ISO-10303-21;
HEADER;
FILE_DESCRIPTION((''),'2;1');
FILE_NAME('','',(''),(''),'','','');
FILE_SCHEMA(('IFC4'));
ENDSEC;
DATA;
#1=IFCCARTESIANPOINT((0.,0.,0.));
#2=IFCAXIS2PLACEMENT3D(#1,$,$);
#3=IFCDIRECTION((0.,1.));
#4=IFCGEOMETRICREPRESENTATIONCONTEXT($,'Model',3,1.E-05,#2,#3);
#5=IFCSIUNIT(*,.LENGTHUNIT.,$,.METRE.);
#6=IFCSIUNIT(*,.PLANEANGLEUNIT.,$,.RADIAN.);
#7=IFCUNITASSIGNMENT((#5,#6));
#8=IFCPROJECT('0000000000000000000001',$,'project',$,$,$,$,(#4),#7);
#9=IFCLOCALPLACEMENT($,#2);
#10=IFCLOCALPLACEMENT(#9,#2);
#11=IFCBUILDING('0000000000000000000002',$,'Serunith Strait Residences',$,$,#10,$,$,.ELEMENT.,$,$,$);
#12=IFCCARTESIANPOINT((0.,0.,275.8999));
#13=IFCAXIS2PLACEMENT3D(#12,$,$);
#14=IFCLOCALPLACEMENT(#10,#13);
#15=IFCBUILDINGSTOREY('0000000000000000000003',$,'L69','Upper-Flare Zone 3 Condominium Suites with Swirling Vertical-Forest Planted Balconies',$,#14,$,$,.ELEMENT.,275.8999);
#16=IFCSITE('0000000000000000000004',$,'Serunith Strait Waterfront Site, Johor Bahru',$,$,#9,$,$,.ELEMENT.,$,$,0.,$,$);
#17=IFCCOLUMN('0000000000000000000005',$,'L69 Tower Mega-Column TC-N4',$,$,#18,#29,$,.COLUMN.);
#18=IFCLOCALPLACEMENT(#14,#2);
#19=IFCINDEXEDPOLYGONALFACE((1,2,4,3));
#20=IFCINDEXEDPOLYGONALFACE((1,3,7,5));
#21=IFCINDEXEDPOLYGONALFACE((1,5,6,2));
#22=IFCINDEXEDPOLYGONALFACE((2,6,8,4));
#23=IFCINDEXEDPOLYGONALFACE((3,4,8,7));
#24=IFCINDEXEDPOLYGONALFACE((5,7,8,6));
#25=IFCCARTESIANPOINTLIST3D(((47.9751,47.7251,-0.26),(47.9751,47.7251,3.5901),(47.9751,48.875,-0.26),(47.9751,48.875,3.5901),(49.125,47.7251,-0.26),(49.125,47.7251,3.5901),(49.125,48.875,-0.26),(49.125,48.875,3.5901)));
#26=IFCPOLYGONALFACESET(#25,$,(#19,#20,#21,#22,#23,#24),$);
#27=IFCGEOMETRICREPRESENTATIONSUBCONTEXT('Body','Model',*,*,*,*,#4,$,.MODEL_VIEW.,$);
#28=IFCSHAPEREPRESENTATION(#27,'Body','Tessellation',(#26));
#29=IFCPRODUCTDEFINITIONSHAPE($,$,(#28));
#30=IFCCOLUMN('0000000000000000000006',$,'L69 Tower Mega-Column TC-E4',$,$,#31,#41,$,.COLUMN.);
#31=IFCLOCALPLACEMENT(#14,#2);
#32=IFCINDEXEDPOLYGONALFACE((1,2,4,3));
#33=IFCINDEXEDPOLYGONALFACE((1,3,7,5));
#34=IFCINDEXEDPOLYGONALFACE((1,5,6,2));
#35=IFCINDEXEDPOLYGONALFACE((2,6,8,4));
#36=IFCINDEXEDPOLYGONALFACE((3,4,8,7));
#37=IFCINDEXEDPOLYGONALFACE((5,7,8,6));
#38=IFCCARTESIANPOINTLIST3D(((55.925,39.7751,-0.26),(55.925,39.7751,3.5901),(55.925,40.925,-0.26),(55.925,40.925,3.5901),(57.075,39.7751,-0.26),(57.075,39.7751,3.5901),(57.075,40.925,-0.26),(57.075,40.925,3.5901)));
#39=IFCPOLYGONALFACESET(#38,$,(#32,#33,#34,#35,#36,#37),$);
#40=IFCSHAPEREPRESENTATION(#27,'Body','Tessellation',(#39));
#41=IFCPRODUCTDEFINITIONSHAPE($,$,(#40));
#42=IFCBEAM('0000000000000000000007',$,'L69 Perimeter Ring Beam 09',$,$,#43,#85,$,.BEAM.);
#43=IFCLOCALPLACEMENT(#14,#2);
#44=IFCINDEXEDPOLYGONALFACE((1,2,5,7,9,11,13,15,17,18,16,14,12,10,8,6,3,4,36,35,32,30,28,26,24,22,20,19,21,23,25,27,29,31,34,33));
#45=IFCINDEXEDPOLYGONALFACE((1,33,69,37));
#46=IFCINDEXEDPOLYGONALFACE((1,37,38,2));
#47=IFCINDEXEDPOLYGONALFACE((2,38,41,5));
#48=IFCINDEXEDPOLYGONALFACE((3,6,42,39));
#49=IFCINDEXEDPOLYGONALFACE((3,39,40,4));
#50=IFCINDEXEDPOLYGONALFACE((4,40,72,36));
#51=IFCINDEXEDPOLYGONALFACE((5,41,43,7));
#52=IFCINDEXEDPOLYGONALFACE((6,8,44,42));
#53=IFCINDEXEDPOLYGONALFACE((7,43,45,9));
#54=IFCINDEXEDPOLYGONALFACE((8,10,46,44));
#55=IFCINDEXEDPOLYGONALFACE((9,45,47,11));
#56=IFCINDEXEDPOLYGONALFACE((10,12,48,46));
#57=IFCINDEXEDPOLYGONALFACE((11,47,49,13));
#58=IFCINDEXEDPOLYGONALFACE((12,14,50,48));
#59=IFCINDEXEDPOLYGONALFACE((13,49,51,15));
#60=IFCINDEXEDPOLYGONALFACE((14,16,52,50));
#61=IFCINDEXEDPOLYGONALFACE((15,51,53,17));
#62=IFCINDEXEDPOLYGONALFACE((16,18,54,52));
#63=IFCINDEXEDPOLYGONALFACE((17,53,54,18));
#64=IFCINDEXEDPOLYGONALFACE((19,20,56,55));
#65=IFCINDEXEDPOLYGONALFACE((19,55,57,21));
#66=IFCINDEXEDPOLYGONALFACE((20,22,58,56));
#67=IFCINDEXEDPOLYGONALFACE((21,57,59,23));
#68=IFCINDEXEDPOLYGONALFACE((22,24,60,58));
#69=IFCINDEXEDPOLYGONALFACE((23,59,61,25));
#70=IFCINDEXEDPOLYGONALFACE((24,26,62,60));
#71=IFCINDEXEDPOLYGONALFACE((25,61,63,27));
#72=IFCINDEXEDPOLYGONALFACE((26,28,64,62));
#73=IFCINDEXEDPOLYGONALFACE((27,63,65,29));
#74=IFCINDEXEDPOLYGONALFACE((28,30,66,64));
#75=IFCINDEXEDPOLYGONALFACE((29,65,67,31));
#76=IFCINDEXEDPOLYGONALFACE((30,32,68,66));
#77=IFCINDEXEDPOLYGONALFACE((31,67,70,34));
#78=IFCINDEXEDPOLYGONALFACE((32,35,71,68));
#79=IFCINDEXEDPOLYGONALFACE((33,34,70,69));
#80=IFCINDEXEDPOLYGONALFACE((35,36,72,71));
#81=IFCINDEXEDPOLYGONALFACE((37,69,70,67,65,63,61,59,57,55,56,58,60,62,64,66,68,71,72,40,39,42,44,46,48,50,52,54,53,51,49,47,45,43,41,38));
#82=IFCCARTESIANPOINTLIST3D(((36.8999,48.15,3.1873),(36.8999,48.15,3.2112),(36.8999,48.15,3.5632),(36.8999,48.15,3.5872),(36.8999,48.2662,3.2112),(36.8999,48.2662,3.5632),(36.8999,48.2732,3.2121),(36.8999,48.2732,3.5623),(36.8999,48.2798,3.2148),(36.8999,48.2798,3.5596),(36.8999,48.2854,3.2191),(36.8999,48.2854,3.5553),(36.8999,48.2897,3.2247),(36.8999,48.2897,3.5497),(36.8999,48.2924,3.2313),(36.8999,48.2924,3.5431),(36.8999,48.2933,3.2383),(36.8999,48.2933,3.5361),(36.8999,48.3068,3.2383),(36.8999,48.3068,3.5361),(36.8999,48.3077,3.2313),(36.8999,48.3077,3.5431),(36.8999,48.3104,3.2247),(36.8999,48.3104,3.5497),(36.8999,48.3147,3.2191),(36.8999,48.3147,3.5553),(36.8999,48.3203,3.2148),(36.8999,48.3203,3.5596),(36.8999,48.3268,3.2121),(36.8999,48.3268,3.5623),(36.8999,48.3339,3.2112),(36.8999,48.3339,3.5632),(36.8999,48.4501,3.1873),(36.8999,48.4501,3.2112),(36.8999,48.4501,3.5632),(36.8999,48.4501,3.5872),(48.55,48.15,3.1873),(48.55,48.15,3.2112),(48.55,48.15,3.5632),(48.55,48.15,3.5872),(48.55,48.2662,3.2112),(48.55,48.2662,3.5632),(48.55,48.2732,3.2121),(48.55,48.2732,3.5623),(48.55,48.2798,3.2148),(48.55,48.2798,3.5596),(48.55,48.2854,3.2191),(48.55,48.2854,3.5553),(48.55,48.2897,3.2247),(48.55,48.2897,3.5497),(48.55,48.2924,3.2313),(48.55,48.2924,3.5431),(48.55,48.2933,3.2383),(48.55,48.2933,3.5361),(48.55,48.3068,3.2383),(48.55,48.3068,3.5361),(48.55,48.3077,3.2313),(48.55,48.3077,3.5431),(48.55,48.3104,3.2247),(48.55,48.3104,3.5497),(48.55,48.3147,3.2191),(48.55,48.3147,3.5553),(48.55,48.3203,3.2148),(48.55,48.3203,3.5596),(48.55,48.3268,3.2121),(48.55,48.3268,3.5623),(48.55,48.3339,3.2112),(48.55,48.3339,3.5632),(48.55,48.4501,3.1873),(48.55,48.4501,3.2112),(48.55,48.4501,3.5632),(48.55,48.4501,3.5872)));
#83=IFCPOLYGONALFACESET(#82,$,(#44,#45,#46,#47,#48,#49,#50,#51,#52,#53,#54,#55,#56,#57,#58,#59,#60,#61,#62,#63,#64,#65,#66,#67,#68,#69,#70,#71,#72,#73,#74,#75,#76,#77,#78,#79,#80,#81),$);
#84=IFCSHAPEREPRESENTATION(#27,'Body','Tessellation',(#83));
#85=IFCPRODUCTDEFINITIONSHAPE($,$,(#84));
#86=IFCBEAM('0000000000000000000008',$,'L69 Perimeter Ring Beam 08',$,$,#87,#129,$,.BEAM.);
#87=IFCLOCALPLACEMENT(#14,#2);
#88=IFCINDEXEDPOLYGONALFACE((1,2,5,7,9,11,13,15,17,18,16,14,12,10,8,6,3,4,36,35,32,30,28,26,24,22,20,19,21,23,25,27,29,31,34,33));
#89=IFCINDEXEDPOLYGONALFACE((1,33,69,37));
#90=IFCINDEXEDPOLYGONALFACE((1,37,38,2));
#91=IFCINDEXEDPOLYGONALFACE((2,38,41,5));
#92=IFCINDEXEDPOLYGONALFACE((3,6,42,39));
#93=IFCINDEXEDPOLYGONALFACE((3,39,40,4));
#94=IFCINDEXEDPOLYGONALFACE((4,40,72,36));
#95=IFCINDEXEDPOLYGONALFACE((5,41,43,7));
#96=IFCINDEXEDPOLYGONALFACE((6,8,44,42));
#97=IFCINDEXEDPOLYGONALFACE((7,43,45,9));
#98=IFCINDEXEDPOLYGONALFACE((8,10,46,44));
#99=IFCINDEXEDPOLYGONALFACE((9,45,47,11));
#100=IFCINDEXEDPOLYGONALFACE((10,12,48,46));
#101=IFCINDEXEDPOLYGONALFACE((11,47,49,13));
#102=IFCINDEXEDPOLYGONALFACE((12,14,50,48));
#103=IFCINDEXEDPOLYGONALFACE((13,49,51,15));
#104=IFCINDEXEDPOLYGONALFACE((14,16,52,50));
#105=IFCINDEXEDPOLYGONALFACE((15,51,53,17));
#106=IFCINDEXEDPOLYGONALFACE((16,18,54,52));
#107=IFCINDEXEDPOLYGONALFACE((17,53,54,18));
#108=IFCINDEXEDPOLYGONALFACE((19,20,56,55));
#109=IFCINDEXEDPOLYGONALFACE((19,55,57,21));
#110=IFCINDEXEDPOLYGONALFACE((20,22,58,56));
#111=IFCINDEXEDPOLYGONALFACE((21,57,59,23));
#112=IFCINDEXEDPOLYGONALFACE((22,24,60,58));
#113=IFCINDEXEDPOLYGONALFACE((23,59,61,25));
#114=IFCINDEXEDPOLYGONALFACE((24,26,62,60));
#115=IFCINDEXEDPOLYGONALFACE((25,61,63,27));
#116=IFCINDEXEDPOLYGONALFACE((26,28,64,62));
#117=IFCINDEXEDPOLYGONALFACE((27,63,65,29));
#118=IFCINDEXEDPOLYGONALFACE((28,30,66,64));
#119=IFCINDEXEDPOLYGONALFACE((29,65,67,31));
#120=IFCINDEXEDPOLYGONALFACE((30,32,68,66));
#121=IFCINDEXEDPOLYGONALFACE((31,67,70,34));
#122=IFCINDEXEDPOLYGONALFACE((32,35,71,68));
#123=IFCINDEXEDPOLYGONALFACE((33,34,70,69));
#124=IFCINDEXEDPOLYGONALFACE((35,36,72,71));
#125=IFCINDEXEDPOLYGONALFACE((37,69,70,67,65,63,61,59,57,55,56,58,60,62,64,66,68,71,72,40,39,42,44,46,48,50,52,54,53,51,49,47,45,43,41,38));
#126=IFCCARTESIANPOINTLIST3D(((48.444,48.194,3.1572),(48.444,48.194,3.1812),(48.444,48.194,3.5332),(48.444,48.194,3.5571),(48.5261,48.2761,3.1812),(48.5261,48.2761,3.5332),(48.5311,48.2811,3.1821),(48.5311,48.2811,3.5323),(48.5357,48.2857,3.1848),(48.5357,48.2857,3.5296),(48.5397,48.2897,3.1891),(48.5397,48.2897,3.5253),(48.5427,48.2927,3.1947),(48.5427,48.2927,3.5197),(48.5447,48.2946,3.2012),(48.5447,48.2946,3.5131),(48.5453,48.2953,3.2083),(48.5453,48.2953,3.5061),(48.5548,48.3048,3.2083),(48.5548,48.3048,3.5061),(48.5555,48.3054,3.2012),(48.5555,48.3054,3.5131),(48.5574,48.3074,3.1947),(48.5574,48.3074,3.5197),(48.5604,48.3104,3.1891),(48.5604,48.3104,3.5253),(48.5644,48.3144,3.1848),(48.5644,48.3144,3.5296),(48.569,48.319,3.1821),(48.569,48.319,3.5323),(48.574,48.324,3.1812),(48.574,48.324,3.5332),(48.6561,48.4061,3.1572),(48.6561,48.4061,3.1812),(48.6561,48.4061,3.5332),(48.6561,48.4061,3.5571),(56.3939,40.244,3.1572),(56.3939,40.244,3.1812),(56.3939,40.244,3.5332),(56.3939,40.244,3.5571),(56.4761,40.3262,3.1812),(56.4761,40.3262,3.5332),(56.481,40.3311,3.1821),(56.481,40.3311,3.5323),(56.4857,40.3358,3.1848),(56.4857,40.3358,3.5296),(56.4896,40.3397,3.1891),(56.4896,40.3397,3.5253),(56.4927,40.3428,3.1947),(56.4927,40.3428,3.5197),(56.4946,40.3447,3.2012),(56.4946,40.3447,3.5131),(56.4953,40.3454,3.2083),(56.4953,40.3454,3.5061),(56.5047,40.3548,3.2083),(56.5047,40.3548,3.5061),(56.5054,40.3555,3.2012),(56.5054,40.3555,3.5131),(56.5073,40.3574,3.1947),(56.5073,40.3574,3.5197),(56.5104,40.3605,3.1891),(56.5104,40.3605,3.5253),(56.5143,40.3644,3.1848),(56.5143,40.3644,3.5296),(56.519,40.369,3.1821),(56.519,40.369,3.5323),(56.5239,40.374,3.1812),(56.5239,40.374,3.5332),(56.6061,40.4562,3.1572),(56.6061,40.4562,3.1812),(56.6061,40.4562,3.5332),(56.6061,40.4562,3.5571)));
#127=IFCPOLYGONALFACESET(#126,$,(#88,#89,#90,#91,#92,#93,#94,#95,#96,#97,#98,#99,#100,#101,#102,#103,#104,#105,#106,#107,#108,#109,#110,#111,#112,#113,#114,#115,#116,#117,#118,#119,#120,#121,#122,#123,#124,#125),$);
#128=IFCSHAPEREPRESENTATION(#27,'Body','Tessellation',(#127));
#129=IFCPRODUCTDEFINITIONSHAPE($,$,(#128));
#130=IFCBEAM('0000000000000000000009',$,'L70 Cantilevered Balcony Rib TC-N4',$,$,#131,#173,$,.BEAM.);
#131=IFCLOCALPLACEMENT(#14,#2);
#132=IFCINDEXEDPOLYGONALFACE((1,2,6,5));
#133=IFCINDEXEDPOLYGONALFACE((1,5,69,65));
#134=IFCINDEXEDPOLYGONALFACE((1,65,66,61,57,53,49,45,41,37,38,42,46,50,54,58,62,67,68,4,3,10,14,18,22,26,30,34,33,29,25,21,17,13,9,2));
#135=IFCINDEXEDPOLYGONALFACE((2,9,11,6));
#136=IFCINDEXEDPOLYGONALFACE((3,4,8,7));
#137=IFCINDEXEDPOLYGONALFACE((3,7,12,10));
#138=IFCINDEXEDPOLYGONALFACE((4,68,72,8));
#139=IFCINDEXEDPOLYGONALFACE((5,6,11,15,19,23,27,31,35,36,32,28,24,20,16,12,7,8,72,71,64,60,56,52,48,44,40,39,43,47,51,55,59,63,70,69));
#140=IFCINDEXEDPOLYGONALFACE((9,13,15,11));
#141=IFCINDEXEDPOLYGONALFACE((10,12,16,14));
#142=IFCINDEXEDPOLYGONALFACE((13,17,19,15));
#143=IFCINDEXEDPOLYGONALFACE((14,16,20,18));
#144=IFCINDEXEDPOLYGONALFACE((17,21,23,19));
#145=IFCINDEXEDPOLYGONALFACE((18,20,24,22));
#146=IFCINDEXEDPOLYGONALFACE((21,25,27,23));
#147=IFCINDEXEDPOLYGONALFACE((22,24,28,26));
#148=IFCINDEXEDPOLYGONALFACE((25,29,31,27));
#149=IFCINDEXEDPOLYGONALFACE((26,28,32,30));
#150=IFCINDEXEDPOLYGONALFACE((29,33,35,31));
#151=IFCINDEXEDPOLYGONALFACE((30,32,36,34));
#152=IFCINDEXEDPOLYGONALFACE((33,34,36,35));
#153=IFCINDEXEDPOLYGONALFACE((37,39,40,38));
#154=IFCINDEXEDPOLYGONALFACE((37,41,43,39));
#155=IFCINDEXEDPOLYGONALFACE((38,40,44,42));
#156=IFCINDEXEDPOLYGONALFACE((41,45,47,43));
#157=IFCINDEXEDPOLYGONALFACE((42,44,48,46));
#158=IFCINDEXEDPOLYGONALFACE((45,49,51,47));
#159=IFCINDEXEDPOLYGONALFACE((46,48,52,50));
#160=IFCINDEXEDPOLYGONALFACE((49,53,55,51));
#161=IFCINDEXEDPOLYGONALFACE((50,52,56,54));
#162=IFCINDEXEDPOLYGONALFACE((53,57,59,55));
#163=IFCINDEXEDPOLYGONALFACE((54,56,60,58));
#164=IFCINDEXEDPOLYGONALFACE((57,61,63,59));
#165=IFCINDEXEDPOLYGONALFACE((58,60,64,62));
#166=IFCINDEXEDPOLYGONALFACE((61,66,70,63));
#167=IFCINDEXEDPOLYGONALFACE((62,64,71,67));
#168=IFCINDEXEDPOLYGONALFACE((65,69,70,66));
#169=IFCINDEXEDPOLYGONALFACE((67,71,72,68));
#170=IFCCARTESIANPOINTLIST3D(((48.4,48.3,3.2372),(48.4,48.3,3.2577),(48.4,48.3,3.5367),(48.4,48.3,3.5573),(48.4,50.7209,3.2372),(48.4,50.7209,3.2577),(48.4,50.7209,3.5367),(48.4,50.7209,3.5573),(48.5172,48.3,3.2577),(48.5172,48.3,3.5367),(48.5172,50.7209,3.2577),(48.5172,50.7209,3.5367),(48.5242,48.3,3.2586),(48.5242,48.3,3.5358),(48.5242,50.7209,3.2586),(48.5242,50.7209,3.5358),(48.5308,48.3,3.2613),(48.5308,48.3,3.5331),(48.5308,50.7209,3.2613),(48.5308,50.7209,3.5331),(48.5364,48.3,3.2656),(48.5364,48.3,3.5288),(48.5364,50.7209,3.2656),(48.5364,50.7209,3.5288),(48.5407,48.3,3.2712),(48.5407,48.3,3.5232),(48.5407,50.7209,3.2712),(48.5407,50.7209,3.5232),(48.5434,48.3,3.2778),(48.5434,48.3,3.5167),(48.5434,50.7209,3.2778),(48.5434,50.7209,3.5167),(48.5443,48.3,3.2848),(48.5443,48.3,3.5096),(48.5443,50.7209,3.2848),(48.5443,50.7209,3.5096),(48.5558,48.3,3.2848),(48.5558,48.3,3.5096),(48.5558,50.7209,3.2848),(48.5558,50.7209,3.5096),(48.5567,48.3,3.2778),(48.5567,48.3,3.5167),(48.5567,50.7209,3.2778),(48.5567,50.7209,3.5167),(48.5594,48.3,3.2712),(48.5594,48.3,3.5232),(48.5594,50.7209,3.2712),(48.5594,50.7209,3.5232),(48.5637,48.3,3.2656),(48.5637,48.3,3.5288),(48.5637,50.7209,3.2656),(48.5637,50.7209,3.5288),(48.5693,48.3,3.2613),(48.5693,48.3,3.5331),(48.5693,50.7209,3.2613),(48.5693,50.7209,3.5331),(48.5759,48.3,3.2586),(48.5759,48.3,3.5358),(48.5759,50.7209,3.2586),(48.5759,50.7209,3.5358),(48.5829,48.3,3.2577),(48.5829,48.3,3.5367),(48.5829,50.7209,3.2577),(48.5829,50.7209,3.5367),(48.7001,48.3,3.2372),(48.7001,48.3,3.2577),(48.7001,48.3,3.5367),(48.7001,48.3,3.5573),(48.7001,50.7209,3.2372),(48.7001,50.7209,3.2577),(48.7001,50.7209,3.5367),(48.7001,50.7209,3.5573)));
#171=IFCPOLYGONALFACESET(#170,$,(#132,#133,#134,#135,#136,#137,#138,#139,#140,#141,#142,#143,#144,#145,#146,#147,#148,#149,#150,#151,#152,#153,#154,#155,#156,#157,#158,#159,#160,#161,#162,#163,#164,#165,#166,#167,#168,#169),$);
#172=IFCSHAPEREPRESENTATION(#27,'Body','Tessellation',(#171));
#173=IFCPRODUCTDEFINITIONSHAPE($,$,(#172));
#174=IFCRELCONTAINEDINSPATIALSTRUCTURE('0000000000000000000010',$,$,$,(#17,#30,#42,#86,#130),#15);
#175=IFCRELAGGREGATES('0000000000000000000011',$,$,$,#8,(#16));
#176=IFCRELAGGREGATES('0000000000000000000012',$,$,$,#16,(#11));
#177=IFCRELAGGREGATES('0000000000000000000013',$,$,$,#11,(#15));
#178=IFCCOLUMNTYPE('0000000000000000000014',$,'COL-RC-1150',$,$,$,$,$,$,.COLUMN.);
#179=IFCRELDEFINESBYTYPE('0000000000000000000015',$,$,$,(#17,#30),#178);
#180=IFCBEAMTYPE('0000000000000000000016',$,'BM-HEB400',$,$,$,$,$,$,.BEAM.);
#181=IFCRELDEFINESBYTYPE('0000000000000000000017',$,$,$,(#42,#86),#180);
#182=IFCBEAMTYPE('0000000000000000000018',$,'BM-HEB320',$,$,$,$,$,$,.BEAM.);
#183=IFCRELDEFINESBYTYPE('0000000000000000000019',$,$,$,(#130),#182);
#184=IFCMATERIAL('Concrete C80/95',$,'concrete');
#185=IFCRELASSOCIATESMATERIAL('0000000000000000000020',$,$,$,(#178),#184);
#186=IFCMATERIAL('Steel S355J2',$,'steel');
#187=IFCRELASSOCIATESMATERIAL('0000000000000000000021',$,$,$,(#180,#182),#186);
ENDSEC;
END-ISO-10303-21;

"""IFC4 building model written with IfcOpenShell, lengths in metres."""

from ifc_helpers import new_model, si_unit, direction, frame, origin, origin_2d, place, context, subcontext, project, spatial, rectangle, i_section, extrude, source, transform, mapped, material, material_profile, profile_set, type_object, element, save


model = new_model("IFC4")

# Units and contexts
model_context = context("Model", 3, precision=1e-05, world=origin(), true_north=direction((0.0, 1.0)))
body_context = subcontext(model_context, "Body", "Model", "MODEL_VIEW")
ifc_project = project(units=[si_unit("LENGTHUNIT", "METRE"), si_unit("PLANEANGLEUNIT", "RADIAN")], contexts=[model_context])

# Site, building, storey
site_placement = place(None, origin())
site = spatial("IfcSite", under=ifc_project, at=site_placement, Name="Serunith Strait Waterfront Site, Johor Bahru", CompositionType="ELEMENT", RefElevation=0.0)
building_placement = place(site_placement, origin())
building = spatial("IfcBuilding", under=site, at=building_placement, Name="Serunith Strait Residences", CompositionType="ELEMENT")
storey_placement = place(building_placement, frame((0.0, 0.0, 275.8999)))
storey = spatial("IfcBuildingStorey", under=building, at=storey_placement, Name="L69", Description="Upper-Flare Zone 3 Condominium Suites with Swirling Vertical-Forest Planted Balconies", CompositionType="ELEMENT", Elevation=275.8999)

# Columns
ifc_material_1 = material(Name="Concrete C80/95", Category="concrete")
ifc_material_profile_1 = material_profile(ifc_material_1, rectangle(XDim=1.1499, YDim=1.1499, at=origin_2d()), Name="RC 1150x1150")
ifc_profile_set_1 = profile_set([ifc_material_profile_1], Name="Concrete C80/95")
column_type = type_object("IfcColumnType", Name="COL-RC-1150", PredefinedType="COLUMN", material=ifc_profile_set_1)
shared_shape_1 = source(origin(), body_context, "Body", "SweptSolid", [
    extrude(rectangle(XDim=1.1499, YDim=1.1499, at=origin_2d()), origin(), (0.0, 0.0, 1.0), 3.8501),
])
for number, where, z_axis, x_axis, name in (
    (1, (48.55, 48.3, -0.26), (0.0, 0.0, 1.0), (1.0, 0.0, 0.0), "L69 Tower Mega-Column TC-N4"),
    (2, (56.5, 40.3501, -0.26), (0.0, 0.0, 1.0), (1.0, 0.0, 0.0), "L69 Tower Mega-Column TC-E4"),
):
    element("IfcColumn", number, at=place(storey_placement, frame(where, z_axis=z_axis, x_axis=x_axis)), inside=storey, type_object=column_type, Name=name, PredefinedType="COLUMN", context=body_context, shape_type="MappedRepresentation", body=[
        mapped(shared_shape_1, transform((0.0, 0.0, 0.0), scale=1.0)),
    ])

# Beams
ifc_material_2 = material(Name="Steel S355J2", Category="steel")
ifc_material_profile_2 = material_profile(ifc_material_2, i_section(OverallWidth=0.3, OverallDepth=0.3999, WebThickness=0.0134, FlangeThickness=0.0239, FilletRadius=0.0271, at=origin_2d()), Name="HEB 400")
ifc_profile_set_2 = profile_set([ifc_material_profile_2], Name="Steel S355J2")
beam_type_1 = type_object("IfcBeamType", Name="BM-HEB400", PredefinedType="BEAM", material=ifc_profile_set_2)
shared_shape_2 = source(origin(), body_context, "Body", "SweptSolid", [
    extrude(i_section(OverallWidth=0.3, OverallDepth=0.3999, WebThickness=0.0134, FlangeThickness=0.0239, FilletRadius=0.0271, at=origin_2d()), origin(), (0.0, 0.0, 1.0), 11.6501),
])
beam_1_placement = place(storey_placement, frame((48.55, 48.3, 3.3872), z_axis=(-1.0, 0.0, 0.0), x_axis=(0.0, -1.0, 0.0)))
element("IfcBeam", 3, at=beam_1_placement, inside=storey, type_object=beam_type_1, Name="L69 Perimeter Ring Beam 09", PredefinedType="BEAM", context=body_context, shape_type="MappedRepresentation", body=[
    mapped(shared_shape_2, transform((0.0, 0.0, 0.0), scale=1.0)),
])
shared_shape_3 = source(origin(), body_context, "Body", "SweptSolid", [
    extrude(i_section(OverallWidth=0.3, OverallDepth=0.3999, WebThickness=0.0134, FlangeThickness=0.0239, FilletRadius=0.0271, at=origin_2d()), origin(), (0.0, 0.0, 1.0), 11.2429),
])
beam_2_placement = place(storey_placement, frame((56.5, 40.3501, 3.3572), z_axis=(-0.707107, 0.707107, 0.0), x_axis=(-0.707107, -0.707107, 0.0)))
element("IfcBeam", 4, at=beam_2_placement, inside=storey, type_object=beam_type_1, Name="L69 Perimeter Ring Beam 08", PredefinedType="BEAM", context=body_context, shape_type="MappedRepresentation", body=[
    mapped(shared_shape_3, transform((0.0, 0.0, 0.0), scale=1.0)),
])
ifc_material_profile_3 = material_profile(ifc_material_2, i_section(OverallWidth=0.3, OverallDepth=0.3201, WebThickness=0.0115, FlangeThickness=0.0205, FilletRadius=0.0271, at=origin_2d()), Name="HEB 320")
ifc_profile_set_3 = profile_set([ifc_material_profile_3], Name="Steel S355J2")
beam_type_2 = type_object("IfcBeamType", Name="BM-HEB320", PredefinedType="BEAM", material=ifc_profile_set_3)
shared_shape_4 = source(origin(), body_context, "Body", "SweptSolid", [
    extrude(i_section(OverallWidth=0.3, OverallDepth=0.3201, WebThickness=0.0115, FlangeThickness=0.0205, FilletRadius=0.0271, at=origin_2d()), origin(), (0.0, 0.0, 1.0), 2.4209),
])
beam_3_placement = place(storey_placement, frame((48.55, 48.3, 3.3972), z_axis=(0.0, 1.0, 0.0), x_axis=(-1.0, 0.0, 0.0)))
element("IfcBeam", 5, at=beam_3_placement, inside=storey, type_object=beam_type_2, Name="L70 Cantilevered Balcony Rib TC-N4", PredefinedType="BEAM", context=body_context, shape_type="MappedRepresentation", body=[
    mapped(shared_shape_4, transform((0.0, 0.0, 0.0), scale=1.0)),
])

save(model, "model.ifc")
